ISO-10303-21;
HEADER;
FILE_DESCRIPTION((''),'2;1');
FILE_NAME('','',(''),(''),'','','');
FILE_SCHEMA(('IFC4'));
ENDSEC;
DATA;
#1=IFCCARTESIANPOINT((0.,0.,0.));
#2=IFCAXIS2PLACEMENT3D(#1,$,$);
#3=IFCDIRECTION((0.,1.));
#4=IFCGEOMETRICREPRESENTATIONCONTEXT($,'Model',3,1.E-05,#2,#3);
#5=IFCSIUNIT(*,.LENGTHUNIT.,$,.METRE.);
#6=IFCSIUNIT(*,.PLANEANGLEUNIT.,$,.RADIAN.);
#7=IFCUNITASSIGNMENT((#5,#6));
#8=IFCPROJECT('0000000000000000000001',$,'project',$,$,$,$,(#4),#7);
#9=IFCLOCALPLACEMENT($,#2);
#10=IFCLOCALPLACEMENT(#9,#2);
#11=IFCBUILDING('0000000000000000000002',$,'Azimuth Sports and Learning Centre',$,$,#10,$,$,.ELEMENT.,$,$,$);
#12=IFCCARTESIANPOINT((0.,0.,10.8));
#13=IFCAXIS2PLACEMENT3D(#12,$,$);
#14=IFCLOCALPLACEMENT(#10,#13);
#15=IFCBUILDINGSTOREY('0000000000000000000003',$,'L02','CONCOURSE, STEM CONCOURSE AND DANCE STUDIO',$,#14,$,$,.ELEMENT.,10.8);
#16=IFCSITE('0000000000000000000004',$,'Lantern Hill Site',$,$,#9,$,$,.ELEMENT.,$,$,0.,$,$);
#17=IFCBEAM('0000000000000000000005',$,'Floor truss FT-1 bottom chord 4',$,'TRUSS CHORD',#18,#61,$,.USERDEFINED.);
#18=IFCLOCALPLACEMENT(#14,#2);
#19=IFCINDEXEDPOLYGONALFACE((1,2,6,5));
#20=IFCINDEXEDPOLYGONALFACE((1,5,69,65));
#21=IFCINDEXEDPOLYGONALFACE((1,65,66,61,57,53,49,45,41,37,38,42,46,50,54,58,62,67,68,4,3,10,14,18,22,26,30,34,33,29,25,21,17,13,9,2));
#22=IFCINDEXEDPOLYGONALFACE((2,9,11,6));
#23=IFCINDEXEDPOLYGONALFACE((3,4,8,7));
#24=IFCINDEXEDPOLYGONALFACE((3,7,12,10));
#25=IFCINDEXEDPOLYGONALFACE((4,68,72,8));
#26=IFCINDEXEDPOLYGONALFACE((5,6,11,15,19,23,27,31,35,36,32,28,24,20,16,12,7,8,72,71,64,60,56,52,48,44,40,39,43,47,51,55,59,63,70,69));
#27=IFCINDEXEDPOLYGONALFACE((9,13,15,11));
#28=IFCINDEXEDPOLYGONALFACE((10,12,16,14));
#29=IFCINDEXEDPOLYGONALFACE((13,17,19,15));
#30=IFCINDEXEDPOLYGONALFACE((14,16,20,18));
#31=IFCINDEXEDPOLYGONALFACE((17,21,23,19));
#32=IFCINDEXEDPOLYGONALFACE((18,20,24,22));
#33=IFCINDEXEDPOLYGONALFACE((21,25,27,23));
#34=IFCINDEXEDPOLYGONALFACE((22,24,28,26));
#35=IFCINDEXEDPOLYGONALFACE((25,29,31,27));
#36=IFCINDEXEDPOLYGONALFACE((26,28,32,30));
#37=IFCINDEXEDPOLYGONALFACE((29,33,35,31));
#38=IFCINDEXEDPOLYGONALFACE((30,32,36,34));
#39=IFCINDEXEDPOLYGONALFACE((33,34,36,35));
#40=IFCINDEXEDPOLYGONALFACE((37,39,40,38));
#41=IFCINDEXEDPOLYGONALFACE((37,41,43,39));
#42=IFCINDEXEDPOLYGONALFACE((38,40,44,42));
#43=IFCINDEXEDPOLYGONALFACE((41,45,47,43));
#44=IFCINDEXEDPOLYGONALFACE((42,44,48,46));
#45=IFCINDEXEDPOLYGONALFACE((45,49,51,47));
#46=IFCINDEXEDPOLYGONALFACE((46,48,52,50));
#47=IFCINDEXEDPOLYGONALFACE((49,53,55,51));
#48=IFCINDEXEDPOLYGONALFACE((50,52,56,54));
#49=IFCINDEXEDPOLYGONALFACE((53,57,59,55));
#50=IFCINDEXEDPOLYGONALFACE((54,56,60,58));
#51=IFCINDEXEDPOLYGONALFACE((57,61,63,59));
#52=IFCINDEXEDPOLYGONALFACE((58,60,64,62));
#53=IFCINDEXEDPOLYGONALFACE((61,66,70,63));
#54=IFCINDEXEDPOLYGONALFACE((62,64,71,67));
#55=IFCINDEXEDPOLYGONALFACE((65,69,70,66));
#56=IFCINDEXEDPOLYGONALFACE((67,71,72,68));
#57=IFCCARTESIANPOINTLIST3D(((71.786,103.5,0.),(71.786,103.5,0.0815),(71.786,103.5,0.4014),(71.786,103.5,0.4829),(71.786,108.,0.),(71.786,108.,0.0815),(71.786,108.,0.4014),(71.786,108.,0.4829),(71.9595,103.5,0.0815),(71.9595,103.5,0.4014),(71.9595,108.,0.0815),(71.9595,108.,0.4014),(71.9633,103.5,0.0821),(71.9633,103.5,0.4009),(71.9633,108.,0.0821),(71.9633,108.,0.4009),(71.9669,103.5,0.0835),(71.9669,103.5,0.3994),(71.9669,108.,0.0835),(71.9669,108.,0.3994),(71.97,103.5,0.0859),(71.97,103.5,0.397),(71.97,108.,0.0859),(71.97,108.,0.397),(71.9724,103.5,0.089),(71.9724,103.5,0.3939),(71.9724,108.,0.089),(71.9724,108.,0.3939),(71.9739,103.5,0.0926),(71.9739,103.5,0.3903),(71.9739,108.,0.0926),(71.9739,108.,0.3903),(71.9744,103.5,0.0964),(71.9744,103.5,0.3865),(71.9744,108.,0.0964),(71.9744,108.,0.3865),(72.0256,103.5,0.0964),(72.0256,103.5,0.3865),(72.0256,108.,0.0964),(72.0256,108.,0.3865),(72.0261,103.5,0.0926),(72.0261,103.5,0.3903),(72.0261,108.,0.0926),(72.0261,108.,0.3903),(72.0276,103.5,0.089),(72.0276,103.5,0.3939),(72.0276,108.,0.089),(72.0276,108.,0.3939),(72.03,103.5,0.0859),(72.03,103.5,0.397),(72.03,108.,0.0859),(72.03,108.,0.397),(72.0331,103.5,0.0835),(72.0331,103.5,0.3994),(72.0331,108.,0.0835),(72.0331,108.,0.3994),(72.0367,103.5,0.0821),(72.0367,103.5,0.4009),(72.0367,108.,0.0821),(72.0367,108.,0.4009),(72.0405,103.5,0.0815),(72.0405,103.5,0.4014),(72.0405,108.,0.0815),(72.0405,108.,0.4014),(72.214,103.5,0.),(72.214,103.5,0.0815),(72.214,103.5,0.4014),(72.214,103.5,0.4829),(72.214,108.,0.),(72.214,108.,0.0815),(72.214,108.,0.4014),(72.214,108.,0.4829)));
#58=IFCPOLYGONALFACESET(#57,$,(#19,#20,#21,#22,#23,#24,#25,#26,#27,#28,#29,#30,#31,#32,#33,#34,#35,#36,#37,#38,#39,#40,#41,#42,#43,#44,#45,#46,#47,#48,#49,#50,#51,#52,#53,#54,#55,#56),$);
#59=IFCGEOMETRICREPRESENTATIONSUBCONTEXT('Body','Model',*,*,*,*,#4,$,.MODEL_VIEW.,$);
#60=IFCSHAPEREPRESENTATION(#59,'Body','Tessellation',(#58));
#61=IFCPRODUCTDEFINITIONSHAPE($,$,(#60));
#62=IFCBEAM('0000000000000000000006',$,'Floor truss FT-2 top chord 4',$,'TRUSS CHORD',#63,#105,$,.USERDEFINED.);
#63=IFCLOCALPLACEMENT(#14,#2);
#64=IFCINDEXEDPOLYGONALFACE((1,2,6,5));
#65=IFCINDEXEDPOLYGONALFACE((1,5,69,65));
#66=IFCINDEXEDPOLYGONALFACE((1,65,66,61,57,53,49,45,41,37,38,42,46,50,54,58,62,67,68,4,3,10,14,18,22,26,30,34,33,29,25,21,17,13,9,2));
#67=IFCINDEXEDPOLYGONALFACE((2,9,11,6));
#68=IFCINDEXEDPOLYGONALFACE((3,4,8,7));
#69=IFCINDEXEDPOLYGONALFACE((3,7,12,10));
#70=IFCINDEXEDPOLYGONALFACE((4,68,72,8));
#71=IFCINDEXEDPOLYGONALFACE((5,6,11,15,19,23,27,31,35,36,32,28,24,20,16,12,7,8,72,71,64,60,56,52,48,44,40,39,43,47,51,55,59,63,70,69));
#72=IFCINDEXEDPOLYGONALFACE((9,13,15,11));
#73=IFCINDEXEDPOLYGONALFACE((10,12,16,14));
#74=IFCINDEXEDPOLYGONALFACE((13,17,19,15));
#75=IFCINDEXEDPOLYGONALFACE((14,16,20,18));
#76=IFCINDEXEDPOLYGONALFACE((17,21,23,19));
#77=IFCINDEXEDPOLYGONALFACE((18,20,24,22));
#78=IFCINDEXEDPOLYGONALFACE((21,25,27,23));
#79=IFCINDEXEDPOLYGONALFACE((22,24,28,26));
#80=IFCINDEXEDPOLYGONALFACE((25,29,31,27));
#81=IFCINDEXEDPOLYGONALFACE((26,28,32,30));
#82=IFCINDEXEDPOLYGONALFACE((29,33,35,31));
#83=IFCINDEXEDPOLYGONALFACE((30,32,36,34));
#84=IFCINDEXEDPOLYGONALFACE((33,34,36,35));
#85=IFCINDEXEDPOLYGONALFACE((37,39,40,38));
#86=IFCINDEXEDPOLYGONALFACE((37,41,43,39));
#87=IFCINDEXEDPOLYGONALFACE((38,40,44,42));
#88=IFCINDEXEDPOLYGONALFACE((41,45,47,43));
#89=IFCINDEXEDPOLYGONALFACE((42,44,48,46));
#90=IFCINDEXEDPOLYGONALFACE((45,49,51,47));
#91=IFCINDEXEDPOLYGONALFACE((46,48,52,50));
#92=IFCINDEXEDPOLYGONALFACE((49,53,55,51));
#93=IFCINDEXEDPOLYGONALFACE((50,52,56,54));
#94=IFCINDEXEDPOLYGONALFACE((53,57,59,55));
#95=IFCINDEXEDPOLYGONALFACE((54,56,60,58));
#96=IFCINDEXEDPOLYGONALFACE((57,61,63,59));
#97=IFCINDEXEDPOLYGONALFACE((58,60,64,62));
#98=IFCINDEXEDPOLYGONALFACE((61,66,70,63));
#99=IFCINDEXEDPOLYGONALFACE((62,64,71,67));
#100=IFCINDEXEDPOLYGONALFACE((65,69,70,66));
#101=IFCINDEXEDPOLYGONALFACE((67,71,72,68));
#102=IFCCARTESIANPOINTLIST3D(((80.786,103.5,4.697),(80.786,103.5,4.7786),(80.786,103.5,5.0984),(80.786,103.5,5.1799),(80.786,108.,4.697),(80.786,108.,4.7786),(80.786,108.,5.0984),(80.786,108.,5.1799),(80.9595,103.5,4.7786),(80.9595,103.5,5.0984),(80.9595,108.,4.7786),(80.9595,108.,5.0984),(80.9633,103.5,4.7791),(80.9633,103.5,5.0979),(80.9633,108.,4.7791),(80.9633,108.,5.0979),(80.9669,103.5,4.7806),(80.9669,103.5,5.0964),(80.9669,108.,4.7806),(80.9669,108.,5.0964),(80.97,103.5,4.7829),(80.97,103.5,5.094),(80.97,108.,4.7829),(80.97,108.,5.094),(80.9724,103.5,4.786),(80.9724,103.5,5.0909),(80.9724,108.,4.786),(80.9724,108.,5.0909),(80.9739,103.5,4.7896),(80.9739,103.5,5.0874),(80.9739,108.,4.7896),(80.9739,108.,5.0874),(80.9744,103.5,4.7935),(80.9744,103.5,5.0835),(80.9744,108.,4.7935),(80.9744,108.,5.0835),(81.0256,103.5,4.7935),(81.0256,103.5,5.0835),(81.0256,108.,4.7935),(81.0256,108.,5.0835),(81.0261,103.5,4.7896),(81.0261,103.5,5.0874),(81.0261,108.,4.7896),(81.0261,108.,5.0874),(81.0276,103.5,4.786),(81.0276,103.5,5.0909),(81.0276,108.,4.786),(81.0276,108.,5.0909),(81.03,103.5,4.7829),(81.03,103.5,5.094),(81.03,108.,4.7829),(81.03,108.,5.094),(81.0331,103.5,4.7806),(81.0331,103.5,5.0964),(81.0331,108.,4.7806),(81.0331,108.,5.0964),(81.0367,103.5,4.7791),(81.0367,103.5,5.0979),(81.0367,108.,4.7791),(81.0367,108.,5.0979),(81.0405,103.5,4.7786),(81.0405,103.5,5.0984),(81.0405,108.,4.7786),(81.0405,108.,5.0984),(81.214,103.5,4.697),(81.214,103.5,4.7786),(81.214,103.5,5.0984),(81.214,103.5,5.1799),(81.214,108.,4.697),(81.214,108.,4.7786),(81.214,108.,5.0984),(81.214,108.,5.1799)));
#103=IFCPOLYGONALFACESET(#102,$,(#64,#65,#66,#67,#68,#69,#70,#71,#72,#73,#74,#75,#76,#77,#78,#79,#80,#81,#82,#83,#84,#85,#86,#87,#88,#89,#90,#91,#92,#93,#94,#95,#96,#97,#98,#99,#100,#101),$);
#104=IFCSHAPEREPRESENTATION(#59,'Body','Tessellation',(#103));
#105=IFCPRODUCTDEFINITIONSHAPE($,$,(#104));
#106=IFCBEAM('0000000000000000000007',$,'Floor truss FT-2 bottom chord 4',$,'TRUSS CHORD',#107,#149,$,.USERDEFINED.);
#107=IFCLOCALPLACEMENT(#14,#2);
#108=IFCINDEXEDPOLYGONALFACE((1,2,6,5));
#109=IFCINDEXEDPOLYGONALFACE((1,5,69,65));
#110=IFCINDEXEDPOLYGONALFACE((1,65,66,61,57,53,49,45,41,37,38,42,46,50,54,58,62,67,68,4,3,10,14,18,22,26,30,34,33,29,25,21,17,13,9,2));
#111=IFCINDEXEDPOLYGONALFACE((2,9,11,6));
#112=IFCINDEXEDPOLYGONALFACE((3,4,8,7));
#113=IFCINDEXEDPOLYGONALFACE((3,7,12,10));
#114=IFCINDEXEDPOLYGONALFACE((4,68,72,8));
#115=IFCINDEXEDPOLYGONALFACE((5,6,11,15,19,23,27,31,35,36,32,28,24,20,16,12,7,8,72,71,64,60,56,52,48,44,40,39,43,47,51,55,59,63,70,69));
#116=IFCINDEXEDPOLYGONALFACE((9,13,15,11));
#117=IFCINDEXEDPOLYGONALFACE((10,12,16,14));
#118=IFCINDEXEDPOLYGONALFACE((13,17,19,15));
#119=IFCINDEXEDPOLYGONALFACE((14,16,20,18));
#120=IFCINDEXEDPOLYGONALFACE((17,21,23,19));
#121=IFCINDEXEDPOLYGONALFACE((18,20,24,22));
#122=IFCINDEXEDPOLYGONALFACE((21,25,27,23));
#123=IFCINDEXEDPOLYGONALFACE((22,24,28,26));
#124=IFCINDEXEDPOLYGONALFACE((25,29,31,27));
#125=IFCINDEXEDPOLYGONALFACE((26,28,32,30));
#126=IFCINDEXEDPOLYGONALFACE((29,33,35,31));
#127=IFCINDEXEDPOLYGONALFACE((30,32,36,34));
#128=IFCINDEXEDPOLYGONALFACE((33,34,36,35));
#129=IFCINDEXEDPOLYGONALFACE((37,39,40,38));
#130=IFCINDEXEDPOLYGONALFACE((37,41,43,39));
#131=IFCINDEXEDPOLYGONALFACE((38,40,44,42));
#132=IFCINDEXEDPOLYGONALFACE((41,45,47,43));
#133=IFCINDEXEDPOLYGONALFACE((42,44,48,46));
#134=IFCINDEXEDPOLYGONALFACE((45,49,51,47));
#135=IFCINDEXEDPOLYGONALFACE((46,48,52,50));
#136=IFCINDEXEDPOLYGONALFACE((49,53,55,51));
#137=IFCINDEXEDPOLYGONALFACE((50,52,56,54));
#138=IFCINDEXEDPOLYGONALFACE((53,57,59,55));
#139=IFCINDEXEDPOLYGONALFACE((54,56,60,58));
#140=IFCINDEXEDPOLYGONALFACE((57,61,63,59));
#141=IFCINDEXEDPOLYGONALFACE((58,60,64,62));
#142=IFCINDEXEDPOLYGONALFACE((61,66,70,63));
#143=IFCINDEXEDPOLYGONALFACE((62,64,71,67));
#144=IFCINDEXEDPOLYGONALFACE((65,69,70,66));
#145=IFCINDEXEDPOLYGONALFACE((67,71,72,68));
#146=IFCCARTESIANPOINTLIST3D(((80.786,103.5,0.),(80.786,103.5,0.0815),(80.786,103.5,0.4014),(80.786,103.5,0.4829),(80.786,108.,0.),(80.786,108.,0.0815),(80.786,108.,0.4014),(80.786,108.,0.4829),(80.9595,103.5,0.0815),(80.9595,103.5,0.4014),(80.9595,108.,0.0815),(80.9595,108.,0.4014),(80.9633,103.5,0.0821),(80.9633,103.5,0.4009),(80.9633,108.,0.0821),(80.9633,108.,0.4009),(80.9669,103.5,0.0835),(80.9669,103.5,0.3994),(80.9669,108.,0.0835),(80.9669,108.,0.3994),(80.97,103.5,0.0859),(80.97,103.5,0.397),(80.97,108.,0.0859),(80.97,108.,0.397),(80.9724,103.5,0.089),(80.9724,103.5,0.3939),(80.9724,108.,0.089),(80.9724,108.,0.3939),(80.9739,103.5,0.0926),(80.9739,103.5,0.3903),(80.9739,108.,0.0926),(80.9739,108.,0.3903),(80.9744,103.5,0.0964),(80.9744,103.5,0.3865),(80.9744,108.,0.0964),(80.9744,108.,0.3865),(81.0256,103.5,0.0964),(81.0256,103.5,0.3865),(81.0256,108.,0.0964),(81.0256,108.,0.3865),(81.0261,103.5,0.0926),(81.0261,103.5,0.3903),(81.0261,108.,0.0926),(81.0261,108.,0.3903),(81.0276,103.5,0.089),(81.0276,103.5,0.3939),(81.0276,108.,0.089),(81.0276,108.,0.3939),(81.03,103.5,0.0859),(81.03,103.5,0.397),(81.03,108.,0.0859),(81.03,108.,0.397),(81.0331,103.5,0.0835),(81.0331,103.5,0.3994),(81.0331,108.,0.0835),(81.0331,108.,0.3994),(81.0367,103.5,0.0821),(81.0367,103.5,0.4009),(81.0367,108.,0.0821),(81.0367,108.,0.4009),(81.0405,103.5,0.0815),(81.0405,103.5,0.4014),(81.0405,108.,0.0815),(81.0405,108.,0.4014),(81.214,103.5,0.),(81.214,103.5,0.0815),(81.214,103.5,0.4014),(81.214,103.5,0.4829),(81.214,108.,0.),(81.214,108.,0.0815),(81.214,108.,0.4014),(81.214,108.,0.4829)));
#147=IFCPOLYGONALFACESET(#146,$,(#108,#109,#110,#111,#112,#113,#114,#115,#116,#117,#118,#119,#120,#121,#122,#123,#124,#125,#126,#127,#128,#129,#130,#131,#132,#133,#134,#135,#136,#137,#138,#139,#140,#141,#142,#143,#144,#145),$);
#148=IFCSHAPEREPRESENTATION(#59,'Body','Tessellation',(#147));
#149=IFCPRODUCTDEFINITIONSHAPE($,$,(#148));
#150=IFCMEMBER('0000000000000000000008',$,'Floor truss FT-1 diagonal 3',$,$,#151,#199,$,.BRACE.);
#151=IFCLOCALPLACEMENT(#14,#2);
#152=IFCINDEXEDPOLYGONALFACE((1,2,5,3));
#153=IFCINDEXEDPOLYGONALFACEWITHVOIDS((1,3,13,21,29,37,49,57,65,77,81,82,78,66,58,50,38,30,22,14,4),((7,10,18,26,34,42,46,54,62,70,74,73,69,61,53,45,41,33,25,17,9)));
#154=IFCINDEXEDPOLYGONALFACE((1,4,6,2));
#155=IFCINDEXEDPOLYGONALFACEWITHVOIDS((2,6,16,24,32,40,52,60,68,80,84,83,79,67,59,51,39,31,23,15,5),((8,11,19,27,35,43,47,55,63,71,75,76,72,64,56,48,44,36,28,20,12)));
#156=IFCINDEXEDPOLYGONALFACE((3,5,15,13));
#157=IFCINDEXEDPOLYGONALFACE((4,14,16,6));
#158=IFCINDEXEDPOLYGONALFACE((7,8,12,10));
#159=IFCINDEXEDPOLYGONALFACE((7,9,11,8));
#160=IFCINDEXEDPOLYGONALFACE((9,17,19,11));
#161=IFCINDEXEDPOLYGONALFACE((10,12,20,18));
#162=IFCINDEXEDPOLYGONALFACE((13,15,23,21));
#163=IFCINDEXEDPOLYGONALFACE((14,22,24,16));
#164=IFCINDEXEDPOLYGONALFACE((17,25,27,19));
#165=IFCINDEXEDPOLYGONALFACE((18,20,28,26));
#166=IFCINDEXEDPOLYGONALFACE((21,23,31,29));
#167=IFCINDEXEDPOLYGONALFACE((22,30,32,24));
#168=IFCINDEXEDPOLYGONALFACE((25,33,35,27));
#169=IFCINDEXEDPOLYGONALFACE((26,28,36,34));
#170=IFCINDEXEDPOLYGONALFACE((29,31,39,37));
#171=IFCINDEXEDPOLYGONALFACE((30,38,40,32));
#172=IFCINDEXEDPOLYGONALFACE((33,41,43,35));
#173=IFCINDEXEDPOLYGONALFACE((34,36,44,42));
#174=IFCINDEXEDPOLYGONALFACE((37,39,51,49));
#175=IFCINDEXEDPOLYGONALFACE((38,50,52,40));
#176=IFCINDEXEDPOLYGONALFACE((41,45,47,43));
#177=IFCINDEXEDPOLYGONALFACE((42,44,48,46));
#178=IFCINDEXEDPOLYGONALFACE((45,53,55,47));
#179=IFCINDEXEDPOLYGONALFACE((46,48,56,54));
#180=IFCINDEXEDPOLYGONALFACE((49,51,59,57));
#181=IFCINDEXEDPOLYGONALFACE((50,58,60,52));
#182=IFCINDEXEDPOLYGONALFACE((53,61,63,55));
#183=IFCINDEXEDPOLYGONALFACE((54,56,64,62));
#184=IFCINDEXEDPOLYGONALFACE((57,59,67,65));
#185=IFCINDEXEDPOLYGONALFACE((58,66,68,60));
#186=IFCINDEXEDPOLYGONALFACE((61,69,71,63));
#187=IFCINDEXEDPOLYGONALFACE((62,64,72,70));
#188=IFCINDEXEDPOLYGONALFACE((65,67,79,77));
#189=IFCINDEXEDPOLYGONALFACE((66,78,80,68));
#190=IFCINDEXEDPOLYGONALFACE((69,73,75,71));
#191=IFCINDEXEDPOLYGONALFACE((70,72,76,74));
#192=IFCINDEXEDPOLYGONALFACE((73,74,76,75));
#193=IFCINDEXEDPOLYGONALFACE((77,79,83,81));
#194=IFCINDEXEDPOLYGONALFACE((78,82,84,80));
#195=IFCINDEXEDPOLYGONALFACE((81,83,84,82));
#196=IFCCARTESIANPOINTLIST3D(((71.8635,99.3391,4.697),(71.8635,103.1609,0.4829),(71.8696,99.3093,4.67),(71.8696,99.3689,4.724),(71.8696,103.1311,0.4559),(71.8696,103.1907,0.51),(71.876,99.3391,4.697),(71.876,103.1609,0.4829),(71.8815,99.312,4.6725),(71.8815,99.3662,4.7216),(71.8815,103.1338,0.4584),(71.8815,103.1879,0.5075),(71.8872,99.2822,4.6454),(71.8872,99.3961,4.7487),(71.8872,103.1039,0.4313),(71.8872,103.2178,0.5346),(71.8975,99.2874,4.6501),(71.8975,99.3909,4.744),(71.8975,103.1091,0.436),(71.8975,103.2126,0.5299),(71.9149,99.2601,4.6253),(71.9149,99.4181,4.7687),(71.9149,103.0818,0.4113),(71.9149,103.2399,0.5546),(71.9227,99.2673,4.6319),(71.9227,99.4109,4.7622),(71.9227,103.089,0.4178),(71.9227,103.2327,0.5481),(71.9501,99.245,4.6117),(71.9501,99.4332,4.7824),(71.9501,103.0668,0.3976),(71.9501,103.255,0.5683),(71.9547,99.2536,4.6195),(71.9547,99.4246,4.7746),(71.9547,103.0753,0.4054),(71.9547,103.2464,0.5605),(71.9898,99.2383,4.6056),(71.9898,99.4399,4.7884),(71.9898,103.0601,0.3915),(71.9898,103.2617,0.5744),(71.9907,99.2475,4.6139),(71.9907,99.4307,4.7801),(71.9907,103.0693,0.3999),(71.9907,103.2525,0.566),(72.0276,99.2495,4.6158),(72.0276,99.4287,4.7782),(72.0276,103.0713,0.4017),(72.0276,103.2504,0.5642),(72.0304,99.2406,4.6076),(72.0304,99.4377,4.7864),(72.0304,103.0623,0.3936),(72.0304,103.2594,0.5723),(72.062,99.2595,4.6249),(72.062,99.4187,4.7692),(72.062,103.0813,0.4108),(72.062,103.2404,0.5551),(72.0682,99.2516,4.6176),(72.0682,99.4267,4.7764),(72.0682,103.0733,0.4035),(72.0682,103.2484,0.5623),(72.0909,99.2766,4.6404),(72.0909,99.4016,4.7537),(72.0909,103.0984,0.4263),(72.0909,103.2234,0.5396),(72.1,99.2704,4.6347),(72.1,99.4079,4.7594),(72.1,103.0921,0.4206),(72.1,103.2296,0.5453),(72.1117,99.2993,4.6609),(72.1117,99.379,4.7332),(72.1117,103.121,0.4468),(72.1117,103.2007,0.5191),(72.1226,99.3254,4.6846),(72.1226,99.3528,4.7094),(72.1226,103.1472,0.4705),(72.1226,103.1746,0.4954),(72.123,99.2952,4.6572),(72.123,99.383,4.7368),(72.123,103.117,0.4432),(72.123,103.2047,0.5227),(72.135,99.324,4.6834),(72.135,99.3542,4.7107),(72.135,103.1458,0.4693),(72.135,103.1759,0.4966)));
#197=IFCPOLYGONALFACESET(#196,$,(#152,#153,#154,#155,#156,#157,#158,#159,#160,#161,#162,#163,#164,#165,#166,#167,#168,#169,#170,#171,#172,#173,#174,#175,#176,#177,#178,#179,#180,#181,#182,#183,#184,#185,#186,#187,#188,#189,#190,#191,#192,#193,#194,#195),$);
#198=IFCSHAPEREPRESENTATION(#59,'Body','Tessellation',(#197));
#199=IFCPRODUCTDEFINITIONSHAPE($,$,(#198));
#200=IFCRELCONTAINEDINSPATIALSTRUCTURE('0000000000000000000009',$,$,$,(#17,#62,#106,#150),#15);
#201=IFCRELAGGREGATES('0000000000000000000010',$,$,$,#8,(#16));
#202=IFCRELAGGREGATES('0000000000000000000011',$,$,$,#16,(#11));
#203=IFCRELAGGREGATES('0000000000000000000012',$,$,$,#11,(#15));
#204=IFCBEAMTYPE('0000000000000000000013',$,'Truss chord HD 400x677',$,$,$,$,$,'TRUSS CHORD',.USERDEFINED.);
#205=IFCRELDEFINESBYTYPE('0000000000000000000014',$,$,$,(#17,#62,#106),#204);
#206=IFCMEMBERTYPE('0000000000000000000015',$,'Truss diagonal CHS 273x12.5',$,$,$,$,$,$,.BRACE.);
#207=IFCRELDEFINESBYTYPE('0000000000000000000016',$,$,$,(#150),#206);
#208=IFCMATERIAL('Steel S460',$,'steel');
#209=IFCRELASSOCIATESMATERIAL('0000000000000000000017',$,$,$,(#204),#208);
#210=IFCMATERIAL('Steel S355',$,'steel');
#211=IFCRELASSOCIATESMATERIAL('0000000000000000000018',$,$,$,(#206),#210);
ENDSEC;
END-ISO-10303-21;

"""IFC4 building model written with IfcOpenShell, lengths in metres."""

from ifc_helpers import new_model, si_unit, direction, frame, origin, origin_2d, place, context, subcontext, project, spatial, hollow_circle, i_section, extrude, material, material_profile, profile_set, type_object, element, save


model = new_model("IFC4")

# Units and contexts
model_context = context("Model", 3, precision=1e-05, world=origin(), true_north=direction((0.0, 1.0)))
body_context = subcontext(model_context, "Body", "Model", "MODEL_VIEW")
ifc_project = project(units=[si_unit("LENGTHUNIT", "METRE"), si_unit("PLANEANGLEUNIT", "RADIAN")], contexts=[model_context])

# Site, building, storey
site_placement = place(None, origin())
site = spatial("IfcSite", under=ifc_project, at=site_placement, Name="Lantern Hill Site", CompositionType="ELEMENT", RefElevation=0.0)
building_placement = place(site_placement, origin())
building = spatial("IfcBuilding", under=site, at=building_placement, Name="Azimuth Sports and Learning Centre", CompositionType="ELEMENT")
storey_placement = place(building_placement, frame((0.0, 0.0, 10.8)))
storey = spatial("IfcBuildingStorey", under=building, at=storey_placement, Name="L02", Description="CONCOURSE, STEM CONCOURSE AND DANCE STUDIO", CompositionType="ELEMENT", Elevation=10.8)

# Beams
ifc_material_1 = material(Name="Steel S460", Category="steel")
ifc_material_profile_1 = material_profile(ifc_material_1, i_section(OverallWidth=0.428, OverallDepth=0.4829, WebThickness=0.0513, FlangeThickness=0.0815, FilletRadius=0.0149, at=origin_2d()), Name="HD 400x677")
ifc_profile_set_1 = profile_set([ifc_material_profile_1], Name="Steel S460")
beam_type_1 = type_object("IfcBeamType", Name="Truss chord HD 400x677", ElementType="TRUSS CHORD", PredefinedType="USERDEFINED", material=ifc_profile_set_1)
for number, where, z_axis, x_axis, name in (
    (1, (72.0, 103.5, 0.2415), (0.0, 1.0, 0.0), (-1.0, 0.0, 0.0), "Floor truss FT-1 bottom chord 4"),
    (2, (81.0, 103.5, 4.9385), (0.0, 1.0, 0.0), (-1.0, 0.0, 0.0), "Floor truss FT-2 top chord 4"),
    (3, (81.0, 103.5, 0.2415), (0.0, 1.0, 0.0), (-1.0, 0.0, 0.0), "Floor truss FT-2 bottom chord 4"),
):
    element("IfcBeam", number, at=place(storey_placement, frame(where, z_axis=z_axis, x_axis=x_axis)), inside=storey, type_object=beam_type_1, Name=name, ObjectType="TRUSS CHORD", PredefinedType="USERDEFINED", context=body_context, shape_type="SweptSolid", body=[
        extrude(i_section(OverallWidth=0.428, OverallDepth=0.4829, WebThickness=0.0513, FlangeThickness=0.0815, FilletRadius=0.0149, at=origin_2d()), origin(), (0.0, 0.0, 1.0), 4.5),
    ])

# Member
ifc_material_2 = material(Name="Steel S355", Category="steel")
ifc_material_profile_2 = material_profile(ifc_material_2, hollow_circle(Radius=0.1365, WallThickness=0.0125, at=origin_2d()), Name="CHS 273x12.5")
ifc_profile_set_2 = profile_set([ifc_material_profile_2], Name="Steel S355")
member_type_1 = type_object("IfcMemberType", Name="Truss diagonal CHS 273x12.5", PredefinedType="BRACE", material=ifc_profile_set_2)
for number, where, z_axis, x_axis, name in (
    (4, (72.0, 99.3391, 4.697), (0.0, 0.671784, -0.740747), (-1.0, 0.0, 0.0), "Floor truss FT-1 diagonal 3"),
):
    element("IfcMember", number, at=place(storey_placement, frame(where, z_axis=z_axis, x_axis=x_axis)), inside=storey, type_object=member_type_1, Name=name, PredefinedType="BRACE", context=body_context, shape_type="SweptSolid", body=[
        extrude(hollow_circle(Radius=0.1365, WallThickness=0.0125, at=origin_2d()), origin(), (0.0, 0.0, 1.0), 5.689),
    ])

save(model, "model.ifc")
